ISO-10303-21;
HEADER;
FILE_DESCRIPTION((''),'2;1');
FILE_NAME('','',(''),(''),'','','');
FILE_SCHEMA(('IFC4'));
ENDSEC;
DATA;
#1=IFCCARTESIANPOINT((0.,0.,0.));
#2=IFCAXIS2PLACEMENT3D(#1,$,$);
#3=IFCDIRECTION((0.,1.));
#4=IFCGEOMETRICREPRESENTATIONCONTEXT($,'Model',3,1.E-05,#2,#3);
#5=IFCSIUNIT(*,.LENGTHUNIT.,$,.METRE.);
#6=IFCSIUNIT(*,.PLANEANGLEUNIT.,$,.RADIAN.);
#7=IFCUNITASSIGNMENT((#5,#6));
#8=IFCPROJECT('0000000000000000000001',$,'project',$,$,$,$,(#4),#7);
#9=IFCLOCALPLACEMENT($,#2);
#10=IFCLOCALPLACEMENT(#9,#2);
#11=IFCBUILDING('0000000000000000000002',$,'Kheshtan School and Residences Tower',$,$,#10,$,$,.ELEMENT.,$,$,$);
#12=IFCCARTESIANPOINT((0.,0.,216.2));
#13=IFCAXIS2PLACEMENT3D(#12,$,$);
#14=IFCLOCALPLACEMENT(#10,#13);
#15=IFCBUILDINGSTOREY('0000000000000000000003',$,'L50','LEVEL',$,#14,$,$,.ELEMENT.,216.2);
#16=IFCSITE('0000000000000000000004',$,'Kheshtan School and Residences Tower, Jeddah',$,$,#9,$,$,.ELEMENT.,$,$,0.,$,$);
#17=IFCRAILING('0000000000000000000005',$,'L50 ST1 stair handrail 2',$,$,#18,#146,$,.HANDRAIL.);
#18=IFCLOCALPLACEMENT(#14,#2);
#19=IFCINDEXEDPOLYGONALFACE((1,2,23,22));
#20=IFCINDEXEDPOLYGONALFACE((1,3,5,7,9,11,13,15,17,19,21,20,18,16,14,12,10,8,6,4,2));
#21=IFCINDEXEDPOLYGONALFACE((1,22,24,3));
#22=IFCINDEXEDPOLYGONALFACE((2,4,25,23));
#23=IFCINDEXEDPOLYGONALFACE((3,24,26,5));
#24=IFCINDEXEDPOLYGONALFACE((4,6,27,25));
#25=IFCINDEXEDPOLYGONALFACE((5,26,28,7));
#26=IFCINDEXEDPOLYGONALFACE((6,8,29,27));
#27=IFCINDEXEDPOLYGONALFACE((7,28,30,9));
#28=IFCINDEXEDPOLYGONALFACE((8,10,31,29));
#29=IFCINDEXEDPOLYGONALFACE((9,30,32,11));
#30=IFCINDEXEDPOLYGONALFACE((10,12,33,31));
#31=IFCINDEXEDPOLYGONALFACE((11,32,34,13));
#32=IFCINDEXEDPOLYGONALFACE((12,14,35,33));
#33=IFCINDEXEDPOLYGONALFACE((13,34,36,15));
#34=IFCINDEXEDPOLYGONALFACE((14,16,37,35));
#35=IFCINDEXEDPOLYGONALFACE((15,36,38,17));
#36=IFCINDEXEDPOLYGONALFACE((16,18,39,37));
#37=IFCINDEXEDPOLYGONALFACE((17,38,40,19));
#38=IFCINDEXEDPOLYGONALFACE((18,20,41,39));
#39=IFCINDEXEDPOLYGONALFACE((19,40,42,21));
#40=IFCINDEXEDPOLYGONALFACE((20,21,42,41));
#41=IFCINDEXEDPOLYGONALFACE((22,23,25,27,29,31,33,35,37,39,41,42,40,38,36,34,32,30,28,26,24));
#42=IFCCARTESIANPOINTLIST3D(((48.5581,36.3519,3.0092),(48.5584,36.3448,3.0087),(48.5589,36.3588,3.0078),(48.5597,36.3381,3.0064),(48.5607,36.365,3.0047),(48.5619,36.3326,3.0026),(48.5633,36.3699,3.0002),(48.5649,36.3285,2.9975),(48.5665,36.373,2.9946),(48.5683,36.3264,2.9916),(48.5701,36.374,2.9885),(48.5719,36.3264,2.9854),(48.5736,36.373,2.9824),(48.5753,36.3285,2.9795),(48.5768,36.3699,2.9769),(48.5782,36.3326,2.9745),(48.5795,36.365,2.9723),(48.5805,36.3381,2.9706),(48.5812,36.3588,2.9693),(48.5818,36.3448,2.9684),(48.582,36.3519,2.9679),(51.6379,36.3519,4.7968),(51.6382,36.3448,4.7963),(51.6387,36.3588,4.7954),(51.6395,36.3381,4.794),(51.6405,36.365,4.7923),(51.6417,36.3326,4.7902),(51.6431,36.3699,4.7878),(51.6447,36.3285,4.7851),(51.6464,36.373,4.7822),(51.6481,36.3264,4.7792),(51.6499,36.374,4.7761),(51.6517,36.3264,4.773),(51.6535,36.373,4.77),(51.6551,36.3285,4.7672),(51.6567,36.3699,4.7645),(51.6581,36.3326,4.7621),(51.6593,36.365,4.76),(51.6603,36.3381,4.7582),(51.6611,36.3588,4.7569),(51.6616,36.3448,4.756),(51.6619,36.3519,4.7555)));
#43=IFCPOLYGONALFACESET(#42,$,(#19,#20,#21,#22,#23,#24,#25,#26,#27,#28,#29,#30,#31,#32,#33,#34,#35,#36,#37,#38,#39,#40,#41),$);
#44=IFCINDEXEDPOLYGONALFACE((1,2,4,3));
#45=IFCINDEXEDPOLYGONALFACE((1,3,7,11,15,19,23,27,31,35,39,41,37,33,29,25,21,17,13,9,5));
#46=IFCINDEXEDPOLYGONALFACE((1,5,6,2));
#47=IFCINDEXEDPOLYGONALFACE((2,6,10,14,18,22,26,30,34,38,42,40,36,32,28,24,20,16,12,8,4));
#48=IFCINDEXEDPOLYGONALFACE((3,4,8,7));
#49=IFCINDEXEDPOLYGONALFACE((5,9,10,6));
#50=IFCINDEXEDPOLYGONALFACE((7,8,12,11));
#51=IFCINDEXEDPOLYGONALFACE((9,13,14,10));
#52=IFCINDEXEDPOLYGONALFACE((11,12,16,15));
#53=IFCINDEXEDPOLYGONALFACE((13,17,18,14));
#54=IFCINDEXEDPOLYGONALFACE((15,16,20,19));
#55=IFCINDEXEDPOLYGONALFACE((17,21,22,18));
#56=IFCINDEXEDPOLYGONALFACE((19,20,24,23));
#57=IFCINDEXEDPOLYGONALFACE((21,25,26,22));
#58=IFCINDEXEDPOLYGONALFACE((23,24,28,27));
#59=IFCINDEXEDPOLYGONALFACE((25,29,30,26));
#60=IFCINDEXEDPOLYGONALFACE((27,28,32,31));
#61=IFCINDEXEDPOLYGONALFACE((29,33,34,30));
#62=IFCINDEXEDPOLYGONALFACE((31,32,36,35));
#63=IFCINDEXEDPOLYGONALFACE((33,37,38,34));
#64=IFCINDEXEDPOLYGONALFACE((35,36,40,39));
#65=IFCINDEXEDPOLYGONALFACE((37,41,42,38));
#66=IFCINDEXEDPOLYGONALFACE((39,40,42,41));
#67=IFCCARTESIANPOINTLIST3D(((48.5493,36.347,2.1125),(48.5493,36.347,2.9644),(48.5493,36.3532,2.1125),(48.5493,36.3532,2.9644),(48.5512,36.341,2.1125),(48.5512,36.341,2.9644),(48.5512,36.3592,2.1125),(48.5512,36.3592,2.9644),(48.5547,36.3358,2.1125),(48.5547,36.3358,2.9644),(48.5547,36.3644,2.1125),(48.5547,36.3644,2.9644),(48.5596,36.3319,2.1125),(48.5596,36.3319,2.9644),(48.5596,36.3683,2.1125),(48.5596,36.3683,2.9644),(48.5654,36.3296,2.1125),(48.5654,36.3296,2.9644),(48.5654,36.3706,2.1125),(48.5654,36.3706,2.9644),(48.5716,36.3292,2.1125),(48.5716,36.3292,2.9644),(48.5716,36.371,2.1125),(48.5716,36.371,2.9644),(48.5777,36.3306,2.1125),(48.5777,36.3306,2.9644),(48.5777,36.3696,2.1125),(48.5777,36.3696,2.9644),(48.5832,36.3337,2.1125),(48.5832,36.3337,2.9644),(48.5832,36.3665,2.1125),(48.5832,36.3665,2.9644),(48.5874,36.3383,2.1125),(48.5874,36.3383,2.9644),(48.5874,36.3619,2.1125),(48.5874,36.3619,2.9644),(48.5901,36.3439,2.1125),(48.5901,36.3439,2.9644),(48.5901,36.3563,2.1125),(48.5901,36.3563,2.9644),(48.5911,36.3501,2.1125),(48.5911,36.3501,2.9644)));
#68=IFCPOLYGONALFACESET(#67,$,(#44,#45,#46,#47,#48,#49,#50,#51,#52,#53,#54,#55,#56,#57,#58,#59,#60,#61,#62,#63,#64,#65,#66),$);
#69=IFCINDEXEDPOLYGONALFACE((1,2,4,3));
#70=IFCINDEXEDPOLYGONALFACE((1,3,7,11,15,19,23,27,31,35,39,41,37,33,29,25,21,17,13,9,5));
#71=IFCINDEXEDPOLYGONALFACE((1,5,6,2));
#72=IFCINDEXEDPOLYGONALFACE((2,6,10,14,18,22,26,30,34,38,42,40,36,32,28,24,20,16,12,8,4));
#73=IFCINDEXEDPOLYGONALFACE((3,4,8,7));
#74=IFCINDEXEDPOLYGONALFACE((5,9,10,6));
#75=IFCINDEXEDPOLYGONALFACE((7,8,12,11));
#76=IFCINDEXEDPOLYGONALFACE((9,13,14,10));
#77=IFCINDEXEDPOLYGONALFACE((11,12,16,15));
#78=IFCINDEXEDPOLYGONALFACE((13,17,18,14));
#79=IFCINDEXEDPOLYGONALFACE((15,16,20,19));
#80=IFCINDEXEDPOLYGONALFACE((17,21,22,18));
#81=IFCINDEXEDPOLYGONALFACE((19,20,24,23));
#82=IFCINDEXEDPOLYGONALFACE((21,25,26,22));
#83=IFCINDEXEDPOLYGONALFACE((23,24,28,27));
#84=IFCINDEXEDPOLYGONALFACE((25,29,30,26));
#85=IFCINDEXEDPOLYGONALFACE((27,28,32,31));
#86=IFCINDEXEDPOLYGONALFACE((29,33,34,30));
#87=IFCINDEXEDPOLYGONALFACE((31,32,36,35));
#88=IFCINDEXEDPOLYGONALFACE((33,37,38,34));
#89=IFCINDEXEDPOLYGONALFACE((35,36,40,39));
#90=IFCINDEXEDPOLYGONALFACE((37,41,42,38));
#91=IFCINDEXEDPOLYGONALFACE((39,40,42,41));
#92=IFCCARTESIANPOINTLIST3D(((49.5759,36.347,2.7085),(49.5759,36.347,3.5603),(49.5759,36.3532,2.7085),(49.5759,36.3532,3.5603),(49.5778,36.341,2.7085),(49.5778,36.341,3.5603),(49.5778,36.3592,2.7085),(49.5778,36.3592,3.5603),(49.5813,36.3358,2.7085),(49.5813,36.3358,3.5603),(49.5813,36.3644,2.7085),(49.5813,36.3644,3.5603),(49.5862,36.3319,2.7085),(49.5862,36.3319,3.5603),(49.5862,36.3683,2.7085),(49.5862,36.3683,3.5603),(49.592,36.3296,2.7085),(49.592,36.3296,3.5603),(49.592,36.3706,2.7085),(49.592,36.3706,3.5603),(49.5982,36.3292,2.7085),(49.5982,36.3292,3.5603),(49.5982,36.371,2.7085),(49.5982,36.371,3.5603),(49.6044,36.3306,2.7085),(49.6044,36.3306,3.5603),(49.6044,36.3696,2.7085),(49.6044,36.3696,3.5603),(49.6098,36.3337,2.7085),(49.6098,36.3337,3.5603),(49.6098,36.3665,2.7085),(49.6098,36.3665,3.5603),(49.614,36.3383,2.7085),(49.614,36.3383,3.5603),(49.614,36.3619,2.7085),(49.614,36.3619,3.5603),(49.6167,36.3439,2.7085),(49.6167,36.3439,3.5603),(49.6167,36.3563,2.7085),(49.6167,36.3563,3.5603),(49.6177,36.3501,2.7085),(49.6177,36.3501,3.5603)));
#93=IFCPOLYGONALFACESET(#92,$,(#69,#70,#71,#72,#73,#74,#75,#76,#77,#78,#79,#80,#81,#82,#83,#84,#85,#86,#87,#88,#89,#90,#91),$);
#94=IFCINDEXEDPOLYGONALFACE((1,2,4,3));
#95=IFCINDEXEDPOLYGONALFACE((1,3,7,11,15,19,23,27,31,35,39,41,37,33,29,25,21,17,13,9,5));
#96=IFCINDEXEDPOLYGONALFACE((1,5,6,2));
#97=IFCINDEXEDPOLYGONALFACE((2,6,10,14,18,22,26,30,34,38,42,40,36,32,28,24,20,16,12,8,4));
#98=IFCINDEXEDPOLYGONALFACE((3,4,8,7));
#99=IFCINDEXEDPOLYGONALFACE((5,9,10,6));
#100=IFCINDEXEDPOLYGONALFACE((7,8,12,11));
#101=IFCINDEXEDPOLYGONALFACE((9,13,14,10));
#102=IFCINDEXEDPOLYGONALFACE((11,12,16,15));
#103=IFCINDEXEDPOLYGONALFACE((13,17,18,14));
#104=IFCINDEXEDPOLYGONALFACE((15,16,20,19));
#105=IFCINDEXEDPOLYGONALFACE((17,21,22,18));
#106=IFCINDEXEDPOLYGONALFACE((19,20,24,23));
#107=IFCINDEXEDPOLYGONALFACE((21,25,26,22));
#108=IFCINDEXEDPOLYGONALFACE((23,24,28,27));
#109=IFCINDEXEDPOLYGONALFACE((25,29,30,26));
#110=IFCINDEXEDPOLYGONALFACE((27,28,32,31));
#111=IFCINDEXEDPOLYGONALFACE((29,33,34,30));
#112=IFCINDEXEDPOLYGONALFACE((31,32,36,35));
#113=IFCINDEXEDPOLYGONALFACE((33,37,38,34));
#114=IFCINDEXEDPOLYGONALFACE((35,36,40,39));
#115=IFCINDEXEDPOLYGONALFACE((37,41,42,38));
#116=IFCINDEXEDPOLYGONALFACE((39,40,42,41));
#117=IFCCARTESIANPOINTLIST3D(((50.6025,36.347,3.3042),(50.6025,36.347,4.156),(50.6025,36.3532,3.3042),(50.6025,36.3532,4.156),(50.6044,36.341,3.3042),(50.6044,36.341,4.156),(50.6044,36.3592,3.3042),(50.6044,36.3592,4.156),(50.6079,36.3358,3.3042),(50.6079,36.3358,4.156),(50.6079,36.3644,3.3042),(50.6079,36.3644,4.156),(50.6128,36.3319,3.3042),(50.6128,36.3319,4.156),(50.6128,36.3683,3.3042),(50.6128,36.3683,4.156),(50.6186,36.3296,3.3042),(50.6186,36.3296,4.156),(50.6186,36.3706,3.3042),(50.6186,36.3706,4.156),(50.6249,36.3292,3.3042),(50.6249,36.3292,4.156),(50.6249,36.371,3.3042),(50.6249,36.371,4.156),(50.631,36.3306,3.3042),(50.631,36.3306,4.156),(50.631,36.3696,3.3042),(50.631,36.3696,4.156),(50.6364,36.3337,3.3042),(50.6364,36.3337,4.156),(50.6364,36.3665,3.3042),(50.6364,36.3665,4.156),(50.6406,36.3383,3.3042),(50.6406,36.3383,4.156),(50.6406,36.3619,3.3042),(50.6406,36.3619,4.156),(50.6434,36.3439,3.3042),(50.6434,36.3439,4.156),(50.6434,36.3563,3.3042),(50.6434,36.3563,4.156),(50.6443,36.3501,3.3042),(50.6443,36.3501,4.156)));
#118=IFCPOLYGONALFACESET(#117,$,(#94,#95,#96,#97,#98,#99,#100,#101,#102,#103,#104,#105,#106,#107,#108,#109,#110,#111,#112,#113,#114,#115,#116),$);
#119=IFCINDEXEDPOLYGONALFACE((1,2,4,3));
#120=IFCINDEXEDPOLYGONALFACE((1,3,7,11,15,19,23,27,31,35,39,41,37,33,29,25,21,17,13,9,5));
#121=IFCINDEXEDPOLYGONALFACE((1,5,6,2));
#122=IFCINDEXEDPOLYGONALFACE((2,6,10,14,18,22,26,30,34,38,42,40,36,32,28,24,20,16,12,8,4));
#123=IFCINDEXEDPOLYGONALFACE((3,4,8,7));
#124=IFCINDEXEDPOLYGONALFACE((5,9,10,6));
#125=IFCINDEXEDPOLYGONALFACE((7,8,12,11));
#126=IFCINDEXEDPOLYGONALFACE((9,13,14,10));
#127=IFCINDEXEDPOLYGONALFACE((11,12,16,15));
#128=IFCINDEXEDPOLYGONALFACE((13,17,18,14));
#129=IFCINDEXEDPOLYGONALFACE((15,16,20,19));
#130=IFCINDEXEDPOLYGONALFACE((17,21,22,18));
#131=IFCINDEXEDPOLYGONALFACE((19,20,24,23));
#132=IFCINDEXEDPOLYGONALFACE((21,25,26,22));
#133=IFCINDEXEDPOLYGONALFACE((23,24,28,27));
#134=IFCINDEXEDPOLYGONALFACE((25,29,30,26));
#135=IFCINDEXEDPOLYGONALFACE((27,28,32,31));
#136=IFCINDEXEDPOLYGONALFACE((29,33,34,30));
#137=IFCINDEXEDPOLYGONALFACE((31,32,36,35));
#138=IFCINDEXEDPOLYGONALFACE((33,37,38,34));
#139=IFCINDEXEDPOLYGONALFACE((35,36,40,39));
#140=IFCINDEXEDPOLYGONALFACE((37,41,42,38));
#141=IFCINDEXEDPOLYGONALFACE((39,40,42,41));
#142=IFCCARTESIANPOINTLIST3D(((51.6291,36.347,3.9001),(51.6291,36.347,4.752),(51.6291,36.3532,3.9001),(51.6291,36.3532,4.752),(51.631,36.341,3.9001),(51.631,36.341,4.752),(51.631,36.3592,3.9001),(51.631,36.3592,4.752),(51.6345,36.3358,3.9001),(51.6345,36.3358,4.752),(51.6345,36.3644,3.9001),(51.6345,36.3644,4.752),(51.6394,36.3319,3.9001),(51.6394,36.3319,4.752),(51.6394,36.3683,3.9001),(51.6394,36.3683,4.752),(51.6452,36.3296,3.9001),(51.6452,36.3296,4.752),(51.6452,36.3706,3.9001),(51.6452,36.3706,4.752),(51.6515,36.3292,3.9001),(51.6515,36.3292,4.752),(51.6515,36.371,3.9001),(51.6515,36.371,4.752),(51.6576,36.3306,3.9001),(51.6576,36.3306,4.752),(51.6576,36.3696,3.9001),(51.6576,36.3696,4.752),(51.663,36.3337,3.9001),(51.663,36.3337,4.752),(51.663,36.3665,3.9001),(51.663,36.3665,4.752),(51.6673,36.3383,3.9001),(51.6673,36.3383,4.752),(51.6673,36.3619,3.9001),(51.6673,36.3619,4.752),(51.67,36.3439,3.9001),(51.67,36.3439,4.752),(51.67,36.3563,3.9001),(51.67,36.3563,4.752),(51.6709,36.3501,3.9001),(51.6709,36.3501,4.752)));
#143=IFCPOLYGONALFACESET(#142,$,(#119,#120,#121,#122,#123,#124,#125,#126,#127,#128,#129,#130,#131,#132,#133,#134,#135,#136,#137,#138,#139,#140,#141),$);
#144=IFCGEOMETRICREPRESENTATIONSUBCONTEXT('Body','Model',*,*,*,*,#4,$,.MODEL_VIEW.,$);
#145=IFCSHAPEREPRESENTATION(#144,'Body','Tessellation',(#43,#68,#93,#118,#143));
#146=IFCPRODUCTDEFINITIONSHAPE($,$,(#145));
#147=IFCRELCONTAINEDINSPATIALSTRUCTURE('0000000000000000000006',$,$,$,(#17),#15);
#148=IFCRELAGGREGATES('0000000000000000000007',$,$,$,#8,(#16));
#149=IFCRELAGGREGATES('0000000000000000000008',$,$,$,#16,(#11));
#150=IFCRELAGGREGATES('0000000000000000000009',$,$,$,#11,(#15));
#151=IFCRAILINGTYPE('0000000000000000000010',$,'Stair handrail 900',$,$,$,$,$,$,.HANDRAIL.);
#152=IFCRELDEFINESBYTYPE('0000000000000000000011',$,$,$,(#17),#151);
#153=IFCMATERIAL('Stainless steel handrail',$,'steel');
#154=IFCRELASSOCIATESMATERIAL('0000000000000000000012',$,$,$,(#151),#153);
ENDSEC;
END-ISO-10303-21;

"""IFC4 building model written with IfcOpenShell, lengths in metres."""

from ifc_helpers import new_model, si_unit, direction, frame, origin, origin_2d, place, context, subcontext, project, spatial, circle, extrude, material, type_object, element, save


model = new_model("IFC4")

# Units and contexts
model_context = context("Model", 3, precision=1e-05, world=origin(), true_north=direction((0.0, 1.0)))
body_context = subcontext(model_context, "Body", "Model", "MODEL_VIEW")
ifc_project = project(units=[si_unit("LENGTHUNIT", "METRE"), si_unit("PLANEANGLEUNIT", "RADIAN")], contexts=[model_context])

# Site, building, storey
site_placement = place(None, origin())
site = spatial("IfcSite", under=ifc_project, at=site_placement, Name="Kheshtan School and Residences Tower, Jeddah", CompositionType="ELEMENT", RefElevation=0.0)
building_placement = place(site_placement, origin())
building = spatial("IfcBuilding", under=site, at=building_placement, Name="Kheshtan School and Residences Tower", CompositionType="ELEMENT")
storey_placement = place(building_placement, frame((0.0, 0.0, 216.2)))
storey = spatial("IfcBuildingStorey", under=building, at=storey_placement, Name="L50", Description="LEVEL", CompositionType="ELEMENT", Elevation=216.2)

# Railing
ifc_material_1 = material(Name="Stainless steel handrail", Category="steel")
railing_type_1 = type_object("IfcRailingType", Name="Stair handrail 900", PredefinedType="HANDRAIL", material=ifc_material_1)
railing_1_placement = place(storey_placement, frame((48.5701, 36.3501, 2.1125)))
element("IfcRailing", 1, at=railing_1_placement, inside=storey, type_object=railing_type_1, Name="L50 ST1 stair handrail 2", PredefinedType="HANDRAIL", context=body_context, shape_type="SweptSolid", body=[
    extrude(circle(Radius=0.0239, at=origin_2d()), frame((0.0, 0.0, 0.876), z_axis=(0.864873, 0.0, 0.50199), x_axis=(0.0, 1.0, 0.0)), (0.0, 0.0, 1.0), 3.561),
    extrude(circle(Radius=0.021, at=origin_2d()), origin(), (0.0, 0.0, 1.0), 0.8518),
    extrude(circle(Radius=0.021, at=origin_2d()), frame((1.0266, 0.0, 0.5959)), (0.0, 0.0, 1.0), 0.8518),
    extrude(circle(Radius=0.021, at=origin_2d()), frame((2.0532, 0.0, 1.1917)), (0.0, 0.0, 1.0), 0.8518),
    extrude(circle(Radius=0.021, at=origin_2d()), frame((3.0798, 0.0, 1.7876)), (0.0, 0.0, 1.0), 0.8518),
])

save(model, "model.ifc")
